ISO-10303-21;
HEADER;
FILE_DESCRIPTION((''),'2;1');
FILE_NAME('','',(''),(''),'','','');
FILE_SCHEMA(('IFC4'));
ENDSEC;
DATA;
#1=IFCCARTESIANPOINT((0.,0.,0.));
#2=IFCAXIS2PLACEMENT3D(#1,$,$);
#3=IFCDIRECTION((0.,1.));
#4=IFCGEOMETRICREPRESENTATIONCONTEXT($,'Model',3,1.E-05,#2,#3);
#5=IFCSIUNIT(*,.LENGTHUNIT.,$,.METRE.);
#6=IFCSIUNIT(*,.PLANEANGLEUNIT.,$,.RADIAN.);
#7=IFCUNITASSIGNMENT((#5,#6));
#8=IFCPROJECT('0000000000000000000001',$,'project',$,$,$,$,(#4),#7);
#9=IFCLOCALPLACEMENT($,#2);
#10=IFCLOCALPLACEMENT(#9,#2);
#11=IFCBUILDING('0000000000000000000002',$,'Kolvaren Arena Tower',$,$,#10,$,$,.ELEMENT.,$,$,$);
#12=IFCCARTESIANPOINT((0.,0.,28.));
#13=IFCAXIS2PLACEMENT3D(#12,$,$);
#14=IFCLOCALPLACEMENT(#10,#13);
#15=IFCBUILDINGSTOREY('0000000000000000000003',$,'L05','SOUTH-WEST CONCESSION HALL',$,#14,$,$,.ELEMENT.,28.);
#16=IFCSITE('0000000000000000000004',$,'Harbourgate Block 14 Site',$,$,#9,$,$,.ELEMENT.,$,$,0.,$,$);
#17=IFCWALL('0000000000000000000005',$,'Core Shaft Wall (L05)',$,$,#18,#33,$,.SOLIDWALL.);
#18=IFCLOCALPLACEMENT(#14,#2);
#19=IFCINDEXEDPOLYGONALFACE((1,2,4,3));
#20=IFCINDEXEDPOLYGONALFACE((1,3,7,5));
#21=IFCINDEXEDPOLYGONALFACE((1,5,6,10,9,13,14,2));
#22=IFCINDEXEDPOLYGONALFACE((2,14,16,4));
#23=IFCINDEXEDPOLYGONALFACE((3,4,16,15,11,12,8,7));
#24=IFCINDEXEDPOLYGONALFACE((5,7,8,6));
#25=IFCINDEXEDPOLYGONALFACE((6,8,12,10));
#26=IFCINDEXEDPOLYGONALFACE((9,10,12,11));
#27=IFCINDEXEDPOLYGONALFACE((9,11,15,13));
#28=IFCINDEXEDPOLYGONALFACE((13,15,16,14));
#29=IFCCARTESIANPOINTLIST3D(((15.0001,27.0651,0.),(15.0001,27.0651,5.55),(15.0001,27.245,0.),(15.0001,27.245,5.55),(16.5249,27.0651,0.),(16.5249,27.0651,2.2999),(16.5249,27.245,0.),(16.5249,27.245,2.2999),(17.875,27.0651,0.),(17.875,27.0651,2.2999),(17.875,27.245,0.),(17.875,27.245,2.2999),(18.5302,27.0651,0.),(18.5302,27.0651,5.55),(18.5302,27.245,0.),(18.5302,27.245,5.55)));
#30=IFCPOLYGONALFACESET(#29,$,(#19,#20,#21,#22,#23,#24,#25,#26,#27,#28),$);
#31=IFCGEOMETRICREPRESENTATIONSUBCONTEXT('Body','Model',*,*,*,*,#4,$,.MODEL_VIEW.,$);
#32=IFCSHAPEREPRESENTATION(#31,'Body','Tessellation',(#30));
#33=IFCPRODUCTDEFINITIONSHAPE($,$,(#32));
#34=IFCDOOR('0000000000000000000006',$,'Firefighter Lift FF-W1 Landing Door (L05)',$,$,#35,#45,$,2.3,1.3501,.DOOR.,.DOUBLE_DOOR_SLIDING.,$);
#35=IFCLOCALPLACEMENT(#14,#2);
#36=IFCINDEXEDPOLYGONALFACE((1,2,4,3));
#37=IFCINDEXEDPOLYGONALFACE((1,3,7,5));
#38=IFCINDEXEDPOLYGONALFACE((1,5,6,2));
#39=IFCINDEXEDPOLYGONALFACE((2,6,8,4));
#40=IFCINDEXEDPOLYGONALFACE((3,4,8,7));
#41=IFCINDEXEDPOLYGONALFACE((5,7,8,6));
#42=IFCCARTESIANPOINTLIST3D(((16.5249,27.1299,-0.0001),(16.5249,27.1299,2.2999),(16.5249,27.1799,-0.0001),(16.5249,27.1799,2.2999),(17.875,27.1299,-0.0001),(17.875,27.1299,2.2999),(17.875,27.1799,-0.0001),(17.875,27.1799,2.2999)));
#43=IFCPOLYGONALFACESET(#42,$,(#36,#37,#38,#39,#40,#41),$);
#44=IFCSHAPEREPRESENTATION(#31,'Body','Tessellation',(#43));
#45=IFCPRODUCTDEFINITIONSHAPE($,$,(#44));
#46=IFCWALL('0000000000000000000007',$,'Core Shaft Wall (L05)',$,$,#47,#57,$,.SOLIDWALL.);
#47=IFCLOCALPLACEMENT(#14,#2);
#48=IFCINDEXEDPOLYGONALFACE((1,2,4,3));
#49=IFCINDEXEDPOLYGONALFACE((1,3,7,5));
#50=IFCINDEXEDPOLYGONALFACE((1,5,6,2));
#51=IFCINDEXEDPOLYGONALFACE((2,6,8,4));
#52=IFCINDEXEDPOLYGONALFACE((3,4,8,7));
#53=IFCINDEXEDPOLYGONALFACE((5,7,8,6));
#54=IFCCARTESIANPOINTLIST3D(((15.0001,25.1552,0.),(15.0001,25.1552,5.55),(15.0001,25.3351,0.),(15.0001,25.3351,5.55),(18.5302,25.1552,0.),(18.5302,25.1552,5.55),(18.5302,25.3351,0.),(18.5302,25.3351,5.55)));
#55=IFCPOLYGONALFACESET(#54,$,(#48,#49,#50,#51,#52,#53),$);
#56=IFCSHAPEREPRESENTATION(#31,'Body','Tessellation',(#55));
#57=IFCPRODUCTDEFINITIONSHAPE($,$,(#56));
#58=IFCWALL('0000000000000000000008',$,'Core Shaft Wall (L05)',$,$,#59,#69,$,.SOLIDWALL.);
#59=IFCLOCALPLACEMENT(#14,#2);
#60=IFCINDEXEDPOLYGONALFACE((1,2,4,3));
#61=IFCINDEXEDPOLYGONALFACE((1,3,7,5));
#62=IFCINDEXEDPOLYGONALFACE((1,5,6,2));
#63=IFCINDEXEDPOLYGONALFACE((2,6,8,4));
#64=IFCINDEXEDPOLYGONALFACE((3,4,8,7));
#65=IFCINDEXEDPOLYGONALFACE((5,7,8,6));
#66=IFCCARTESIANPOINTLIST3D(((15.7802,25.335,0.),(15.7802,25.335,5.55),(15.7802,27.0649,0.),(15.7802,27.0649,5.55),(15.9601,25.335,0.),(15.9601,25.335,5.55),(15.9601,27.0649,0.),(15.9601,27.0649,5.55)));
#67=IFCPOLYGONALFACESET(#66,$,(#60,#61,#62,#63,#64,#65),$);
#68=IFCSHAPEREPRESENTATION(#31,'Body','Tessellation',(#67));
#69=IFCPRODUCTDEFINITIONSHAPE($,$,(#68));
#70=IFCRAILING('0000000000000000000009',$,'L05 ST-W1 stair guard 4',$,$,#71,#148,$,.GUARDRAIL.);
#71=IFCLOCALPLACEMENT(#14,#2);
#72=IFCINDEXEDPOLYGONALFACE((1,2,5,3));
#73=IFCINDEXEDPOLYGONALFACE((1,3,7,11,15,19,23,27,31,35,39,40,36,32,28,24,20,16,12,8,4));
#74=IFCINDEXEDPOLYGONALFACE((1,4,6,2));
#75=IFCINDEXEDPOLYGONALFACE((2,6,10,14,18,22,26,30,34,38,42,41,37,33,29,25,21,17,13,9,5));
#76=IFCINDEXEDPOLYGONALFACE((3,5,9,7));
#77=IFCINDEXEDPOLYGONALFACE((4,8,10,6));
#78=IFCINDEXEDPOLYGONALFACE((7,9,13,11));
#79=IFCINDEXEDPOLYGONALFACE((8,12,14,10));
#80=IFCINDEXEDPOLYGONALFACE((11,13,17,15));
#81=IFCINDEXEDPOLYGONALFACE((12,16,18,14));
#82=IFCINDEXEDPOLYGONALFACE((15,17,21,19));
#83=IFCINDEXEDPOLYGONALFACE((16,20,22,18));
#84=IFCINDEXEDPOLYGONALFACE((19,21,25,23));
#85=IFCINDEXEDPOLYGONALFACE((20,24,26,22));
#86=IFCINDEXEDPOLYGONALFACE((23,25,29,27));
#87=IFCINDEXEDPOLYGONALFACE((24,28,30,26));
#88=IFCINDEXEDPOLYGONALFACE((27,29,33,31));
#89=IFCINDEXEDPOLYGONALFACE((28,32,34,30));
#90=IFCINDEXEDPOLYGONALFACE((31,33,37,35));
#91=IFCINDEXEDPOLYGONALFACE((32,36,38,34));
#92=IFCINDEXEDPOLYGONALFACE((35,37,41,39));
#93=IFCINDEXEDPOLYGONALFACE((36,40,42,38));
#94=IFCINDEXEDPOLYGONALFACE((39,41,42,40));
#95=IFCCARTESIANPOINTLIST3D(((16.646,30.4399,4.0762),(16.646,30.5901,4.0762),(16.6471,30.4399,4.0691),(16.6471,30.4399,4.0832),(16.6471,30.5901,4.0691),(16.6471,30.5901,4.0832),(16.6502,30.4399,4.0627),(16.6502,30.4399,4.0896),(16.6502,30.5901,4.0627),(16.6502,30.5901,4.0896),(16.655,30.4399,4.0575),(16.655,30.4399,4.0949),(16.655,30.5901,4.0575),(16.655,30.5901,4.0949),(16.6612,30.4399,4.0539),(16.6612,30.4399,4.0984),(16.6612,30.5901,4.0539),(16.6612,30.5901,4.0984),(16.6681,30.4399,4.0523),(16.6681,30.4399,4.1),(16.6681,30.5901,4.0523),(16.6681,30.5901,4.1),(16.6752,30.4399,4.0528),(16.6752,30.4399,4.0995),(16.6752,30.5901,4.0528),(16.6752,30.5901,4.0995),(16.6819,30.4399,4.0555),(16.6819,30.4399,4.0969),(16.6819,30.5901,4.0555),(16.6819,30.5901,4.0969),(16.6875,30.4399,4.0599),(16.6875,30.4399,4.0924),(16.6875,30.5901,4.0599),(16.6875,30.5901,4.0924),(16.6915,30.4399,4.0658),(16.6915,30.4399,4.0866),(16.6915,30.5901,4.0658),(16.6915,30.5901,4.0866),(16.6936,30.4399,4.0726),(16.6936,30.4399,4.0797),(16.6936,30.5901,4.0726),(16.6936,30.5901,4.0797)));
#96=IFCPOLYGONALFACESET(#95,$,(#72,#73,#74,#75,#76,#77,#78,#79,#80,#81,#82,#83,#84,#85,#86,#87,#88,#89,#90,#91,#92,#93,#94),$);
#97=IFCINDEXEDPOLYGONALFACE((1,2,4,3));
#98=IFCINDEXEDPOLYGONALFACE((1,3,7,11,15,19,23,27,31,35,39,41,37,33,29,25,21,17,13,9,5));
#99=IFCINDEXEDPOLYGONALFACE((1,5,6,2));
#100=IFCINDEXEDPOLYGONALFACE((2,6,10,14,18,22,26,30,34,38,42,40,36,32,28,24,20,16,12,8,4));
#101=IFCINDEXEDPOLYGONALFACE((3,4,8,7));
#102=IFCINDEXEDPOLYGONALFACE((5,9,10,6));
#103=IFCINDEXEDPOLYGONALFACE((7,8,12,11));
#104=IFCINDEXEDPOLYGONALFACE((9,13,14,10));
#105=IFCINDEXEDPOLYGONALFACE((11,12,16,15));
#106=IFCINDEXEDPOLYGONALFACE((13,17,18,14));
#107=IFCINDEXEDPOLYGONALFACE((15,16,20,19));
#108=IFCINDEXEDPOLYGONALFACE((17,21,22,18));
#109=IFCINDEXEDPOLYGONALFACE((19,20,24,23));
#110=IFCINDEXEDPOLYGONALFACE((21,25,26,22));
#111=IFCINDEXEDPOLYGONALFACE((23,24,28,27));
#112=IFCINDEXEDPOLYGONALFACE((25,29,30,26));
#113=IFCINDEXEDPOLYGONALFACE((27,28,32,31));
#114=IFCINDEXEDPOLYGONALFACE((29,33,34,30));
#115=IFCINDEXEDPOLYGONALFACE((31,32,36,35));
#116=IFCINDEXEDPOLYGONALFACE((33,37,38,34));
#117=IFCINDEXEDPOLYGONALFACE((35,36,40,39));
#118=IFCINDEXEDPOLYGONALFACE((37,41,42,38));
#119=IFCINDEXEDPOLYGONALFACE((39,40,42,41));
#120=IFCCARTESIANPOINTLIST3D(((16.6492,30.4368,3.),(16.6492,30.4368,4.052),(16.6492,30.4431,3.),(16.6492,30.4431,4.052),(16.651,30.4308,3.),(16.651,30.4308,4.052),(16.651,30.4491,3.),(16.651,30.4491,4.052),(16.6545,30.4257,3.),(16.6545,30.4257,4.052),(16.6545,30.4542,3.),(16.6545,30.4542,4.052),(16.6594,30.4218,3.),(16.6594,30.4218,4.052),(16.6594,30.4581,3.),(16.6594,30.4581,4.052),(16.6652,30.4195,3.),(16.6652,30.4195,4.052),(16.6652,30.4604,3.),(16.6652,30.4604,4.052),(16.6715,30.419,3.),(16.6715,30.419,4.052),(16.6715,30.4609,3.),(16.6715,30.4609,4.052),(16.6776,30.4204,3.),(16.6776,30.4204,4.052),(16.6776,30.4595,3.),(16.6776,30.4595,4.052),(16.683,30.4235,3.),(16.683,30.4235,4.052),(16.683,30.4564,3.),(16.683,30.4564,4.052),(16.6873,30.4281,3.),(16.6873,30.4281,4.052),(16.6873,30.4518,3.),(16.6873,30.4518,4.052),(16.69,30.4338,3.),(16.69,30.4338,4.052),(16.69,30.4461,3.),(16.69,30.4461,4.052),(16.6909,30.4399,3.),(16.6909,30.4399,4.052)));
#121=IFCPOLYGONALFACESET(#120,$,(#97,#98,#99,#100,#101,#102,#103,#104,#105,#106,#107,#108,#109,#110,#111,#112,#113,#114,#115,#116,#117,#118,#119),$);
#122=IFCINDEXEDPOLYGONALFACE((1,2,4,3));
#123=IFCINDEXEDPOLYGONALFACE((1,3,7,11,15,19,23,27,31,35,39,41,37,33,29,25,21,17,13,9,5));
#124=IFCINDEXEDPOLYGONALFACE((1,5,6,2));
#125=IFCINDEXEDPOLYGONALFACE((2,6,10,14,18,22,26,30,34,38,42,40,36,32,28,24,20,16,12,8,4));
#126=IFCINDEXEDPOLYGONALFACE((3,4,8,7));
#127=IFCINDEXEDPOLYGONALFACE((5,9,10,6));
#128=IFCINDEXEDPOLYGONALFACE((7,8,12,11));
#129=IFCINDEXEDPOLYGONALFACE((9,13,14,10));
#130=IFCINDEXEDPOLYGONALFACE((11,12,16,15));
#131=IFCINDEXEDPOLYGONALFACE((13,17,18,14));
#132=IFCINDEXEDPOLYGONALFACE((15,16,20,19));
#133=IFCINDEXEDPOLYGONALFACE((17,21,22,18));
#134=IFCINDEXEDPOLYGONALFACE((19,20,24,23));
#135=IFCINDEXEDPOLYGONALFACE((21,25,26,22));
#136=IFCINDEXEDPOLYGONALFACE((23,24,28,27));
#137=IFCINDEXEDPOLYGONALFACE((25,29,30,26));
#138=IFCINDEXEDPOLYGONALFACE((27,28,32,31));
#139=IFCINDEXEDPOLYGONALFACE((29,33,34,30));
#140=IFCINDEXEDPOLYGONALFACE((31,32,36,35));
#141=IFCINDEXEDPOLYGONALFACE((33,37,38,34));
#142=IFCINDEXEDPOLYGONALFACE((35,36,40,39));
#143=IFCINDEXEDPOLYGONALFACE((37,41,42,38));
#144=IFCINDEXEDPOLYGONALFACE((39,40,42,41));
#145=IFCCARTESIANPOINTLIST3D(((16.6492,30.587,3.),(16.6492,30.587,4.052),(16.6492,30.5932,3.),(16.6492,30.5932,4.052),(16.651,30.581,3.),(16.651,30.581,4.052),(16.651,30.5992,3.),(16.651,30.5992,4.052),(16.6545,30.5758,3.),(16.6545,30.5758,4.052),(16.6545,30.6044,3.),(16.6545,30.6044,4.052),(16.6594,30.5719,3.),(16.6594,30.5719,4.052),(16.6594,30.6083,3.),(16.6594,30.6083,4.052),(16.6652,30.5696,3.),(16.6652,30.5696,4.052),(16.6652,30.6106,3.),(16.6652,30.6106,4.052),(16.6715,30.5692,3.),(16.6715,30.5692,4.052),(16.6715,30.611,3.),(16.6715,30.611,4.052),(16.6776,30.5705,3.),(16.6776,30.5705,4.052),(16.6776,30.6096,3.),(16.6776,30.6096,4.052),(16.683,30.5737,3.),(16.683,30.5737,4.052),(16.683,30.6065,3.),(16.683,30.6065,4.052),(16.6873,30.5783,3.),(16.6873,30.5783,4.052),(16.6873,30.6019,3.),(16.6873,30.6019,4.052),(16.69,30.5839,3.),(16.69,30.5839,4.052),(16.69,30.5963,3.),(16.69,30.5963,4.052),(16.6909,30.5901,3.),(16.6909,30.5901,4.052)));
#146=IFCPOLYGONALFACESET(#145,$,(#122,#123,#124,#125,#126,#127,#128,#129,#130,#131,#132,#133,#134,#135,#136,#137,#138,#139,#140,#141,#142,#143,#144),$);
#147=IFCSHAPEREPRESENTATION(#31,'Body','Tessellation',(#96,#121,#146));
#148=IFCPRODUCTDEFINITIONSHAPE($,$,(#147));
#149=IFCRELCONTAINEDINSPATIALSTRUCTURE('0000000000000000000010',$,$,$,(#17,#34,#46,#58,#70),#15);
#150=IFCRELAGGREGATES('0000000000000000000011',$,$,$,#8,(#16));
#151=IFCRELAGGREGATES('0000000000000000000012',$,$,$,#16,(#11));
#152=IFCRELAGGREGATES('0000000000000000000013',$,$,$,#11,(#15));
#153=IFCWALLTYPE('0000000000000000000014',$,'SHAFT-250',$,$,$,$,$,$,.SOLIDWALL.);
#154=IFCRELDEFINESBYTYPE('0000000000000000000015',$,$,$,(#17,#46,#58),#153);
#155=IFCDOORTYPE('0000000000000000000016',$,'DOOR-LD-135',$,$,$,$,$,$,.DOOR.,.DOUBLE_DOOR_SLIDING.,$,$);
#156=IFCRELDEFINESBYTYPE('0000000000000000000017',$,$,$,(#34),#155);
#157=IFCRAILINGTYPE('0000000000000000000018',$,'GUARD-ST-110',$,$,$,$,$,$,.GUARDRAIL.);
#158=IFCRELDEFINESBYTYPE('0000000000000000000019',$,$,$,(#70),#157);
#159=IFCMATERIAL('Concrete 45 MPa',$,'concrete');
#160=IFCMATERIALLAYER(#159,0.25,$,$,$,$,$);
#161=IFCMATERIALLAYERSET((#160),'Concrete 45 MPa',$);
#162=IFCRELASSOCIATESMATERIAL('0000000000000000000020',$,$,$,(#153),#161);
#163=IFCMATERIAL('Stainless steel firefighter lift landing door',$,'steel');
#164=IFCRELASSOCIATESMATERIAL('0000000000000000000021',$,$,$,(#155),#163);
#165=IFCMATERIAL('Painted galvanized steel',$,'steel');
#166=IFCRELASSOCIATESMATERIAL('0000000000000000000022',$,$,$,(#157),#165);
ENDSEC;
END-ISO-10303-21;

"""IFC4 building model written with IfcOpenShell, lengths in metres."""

from ifc_helpers import new_model, si_unit, direction, frame, frame_2d, origin, origin_2d, place, context, subcontext, project, spatial, rectangle, circle, extrude, material, layer, layer_set, type_object, element, fill, save


model = new_model("IFC4")

# Units and contexts
model_context = context("Model", 3, precision=1e-05, world=origin(), true_north=direction((0.0, 1.0)))
body_context = subcontext(model_context, "Body", "Model", "MODEL_VIEW")
ifc_project = project(units=[si_unit("LENGTHUNIT", "METRE"), si_unit("PLANEANGLEUNIT", "RADIAN")], contexts=[model_context])

# Site, building, storey
site_placement = place(None, origin())
site = spatial("IfcSite", under=ifc_project, at=site_placement, Name="Harbourgate Block 14 Site", CompositionType="ELEMENT", RefElevation=0.0)
building_placement = place(site_placement, origin())
building = spatial("IfcBuilding", under=site, at=building_placement, Name="Kolvaren Arena Tower", CompositionType="ELEMENT")
storey_placement = place(building_placement, frame((0.0, 0.0, 28.0)))
storey = spatial("IfcBuildingStorey", under=building, at=storey_placement, Name="L05", Description="SOUTH-WEST CONCESSION HALL", CompositionType="ELEMENT", Elevation=28.0)

# Shared definitions
ifc_material_1 = material(Name="Concrete 45 MPa", Category="concrete")
ifc_layer_1 = layer(ifc_material_1, 0.25)
ifc_layer_set_1 = layer_set([ifc_layer_1], Name="Concrete 45 MPa")
wall_type_1 = type_object("IfcWallType", Name="SHAFT-250", PredefinedType="SOLIDWALL", material=ifc_layer_set_1)

# Wall, opening, door
wall_1_placement = place(storey_placement, frame((15.0, 27.155, 0.0), z_axis=(0.0, 0.0, 1.0), x_axis=(1.0, 0.0, 0.0)))
wall_1 = element("IfcWall", 1, at=wall_1_placement, inside=storey, type_object=wall_type_1, Name="Core Shaft Wall (L05)", PredefinedType="SOLIDWALL", context=body_context, shape_type="SweptSolid", body=[
    extrude(rectangle(XDim=3.53, YDim=0.1799, at=frame_2d((1.7651, 0.0))), origin(), (0.0, 0.0, 1.0), 5.55),
])
opening_1_placement = place(wall_1_placement, frame((1.5249, 0.0, 0.0)))
opening_1 = element("IfcOpeningElement", 2, at=opening_1_placement, cuts=wall_1, PredefinedType="OPENING", context=body_context, shape_type="SweptSolid", body=[
    extrude(rectangle(XDim=1.3501, YDim=2.3, at=frame_2d((0.675, 1.1499))), frame((0.0, 0.0999, 0.0), z_axis=(0.0, -1.0, 0.0), x_axis=(1.0, 0.0, 0.0)), (0.0, 0.0, 1.0), 0.2),
])
ifc_material_2 = material(Name="Stainless steel firefighter lift landing door", Category="steel")
door_type_1 = type_object("IfcDoorType", Name="DOOR-LD-135", OperationType="DOUBLE_DOOR_SLIDING", PredefinedType="DOOR", material=ifc_material_2)
door_1_placement = place(opening_1_placement, origin())
door_1 = element("IfcDoor", 3, at=door_1_placement, inside=storey, type_object=door_type_1, Name="Firefighter Lift FF-W1 Landing Door (L05)", OperationType="DOUBLE_DOOR_SLIDING", OverallHeight=2.3, OverallWidth=1.3501, PredefinedType="DOOR", context=body_context, shape_type="SweptSolid", body=[
    extrude(rectangle(XDim=1.3501, YDim=2.3, at=frame_2d((0.675, 1.1499))), frame((0.0, 0.0249, 0.0), z_axis=(0.0, -1.0, 0.0), x_axis=(1.0, 0.0, 0.0)), (0.0, 0.0, 1.0), 0.05),
])
fill(opening_1, door_1)

# Walls
wall_2_placement = place(storey_placement, frame((15.0, 25.2451, 0.0), z_axis=(0.0, 0.0, 1.0), x_axis=(1.0, 0.0, 0.0)))
element("IfcWall", 4, at=wall_2_placement, inside=storey, type_object=wall_type_1, Name="Core Shaft Wall (L05)", PredefinedType="SOLIDWALL", context=body_context, shape_type="SweptSolid", body=[
    extrude(rectangle(XDim=3.53, YDim=0.1799, at=frame_2d((1.7651, 0.0))), origin(), (0.0, 0.0, 1.0), 5.55),
])
wall_3_placement = place(storey_placement, frame((15.8701, 25.335, 0.0), z_axis=(0.0, 0.0, 1.0), x_axis=(0.0, 1.0, 0.0)))
element("IfcWall", 5, at=wall_3_placement, inside=storey, type_object=wall_type_1, Name="Core Shaft Wall (L05)", PredefinedType="SOLIDWALL", context=body_context, shape_type="SweptSolid", body=[
    extrude(rectangle(XDim=1.73, YDim=0.1799, at=frame_2d((0.865, 0.0))), origin(), (0.0, 0.0, 1.0), 5.55),
])

# Railing
ifc_material_3 = material(Name="Painted galvanized steel", Category="steel")
railing_type = type_object("IfcRailingType", Name="GUARD-ST-110", PredefinedType="GUARDRAIL", material=ifc_material_3)
railing_1_placement = place(storey_placement, frame((16.6699, 30.4399, 3.0)))
element("IfcRailing", 6, at=railing_1_placement, inside=storey, type_object=railing_type, Name="L05 ST-W1 stair guard 4", PredefinedType="GUARDRAIL", context=body_context, shape_type="SweptSolid", body=[
    extrude(circle(Radius=0.0239, at=origin_2d()), frame((0.0, 0.0, 1.0762), z_axis=(0.0, 1.0, 0.0), x_axis=(-1.0, 0.0, 0.0)), (0.0, 0.0, 1.0), 0.1501),
    extrude(circle(Radius=0.021, at=origin_2d()), origin(), (0.0, 0.0, 1.0), 1.052),
    extrude(circle(Radius=0.021, at=origin_2d()), frame((0.0, 0.1501, 0.0)), (0.0, 0.0, 1.0), 1.052),
])

save(model, "model.ifc")
